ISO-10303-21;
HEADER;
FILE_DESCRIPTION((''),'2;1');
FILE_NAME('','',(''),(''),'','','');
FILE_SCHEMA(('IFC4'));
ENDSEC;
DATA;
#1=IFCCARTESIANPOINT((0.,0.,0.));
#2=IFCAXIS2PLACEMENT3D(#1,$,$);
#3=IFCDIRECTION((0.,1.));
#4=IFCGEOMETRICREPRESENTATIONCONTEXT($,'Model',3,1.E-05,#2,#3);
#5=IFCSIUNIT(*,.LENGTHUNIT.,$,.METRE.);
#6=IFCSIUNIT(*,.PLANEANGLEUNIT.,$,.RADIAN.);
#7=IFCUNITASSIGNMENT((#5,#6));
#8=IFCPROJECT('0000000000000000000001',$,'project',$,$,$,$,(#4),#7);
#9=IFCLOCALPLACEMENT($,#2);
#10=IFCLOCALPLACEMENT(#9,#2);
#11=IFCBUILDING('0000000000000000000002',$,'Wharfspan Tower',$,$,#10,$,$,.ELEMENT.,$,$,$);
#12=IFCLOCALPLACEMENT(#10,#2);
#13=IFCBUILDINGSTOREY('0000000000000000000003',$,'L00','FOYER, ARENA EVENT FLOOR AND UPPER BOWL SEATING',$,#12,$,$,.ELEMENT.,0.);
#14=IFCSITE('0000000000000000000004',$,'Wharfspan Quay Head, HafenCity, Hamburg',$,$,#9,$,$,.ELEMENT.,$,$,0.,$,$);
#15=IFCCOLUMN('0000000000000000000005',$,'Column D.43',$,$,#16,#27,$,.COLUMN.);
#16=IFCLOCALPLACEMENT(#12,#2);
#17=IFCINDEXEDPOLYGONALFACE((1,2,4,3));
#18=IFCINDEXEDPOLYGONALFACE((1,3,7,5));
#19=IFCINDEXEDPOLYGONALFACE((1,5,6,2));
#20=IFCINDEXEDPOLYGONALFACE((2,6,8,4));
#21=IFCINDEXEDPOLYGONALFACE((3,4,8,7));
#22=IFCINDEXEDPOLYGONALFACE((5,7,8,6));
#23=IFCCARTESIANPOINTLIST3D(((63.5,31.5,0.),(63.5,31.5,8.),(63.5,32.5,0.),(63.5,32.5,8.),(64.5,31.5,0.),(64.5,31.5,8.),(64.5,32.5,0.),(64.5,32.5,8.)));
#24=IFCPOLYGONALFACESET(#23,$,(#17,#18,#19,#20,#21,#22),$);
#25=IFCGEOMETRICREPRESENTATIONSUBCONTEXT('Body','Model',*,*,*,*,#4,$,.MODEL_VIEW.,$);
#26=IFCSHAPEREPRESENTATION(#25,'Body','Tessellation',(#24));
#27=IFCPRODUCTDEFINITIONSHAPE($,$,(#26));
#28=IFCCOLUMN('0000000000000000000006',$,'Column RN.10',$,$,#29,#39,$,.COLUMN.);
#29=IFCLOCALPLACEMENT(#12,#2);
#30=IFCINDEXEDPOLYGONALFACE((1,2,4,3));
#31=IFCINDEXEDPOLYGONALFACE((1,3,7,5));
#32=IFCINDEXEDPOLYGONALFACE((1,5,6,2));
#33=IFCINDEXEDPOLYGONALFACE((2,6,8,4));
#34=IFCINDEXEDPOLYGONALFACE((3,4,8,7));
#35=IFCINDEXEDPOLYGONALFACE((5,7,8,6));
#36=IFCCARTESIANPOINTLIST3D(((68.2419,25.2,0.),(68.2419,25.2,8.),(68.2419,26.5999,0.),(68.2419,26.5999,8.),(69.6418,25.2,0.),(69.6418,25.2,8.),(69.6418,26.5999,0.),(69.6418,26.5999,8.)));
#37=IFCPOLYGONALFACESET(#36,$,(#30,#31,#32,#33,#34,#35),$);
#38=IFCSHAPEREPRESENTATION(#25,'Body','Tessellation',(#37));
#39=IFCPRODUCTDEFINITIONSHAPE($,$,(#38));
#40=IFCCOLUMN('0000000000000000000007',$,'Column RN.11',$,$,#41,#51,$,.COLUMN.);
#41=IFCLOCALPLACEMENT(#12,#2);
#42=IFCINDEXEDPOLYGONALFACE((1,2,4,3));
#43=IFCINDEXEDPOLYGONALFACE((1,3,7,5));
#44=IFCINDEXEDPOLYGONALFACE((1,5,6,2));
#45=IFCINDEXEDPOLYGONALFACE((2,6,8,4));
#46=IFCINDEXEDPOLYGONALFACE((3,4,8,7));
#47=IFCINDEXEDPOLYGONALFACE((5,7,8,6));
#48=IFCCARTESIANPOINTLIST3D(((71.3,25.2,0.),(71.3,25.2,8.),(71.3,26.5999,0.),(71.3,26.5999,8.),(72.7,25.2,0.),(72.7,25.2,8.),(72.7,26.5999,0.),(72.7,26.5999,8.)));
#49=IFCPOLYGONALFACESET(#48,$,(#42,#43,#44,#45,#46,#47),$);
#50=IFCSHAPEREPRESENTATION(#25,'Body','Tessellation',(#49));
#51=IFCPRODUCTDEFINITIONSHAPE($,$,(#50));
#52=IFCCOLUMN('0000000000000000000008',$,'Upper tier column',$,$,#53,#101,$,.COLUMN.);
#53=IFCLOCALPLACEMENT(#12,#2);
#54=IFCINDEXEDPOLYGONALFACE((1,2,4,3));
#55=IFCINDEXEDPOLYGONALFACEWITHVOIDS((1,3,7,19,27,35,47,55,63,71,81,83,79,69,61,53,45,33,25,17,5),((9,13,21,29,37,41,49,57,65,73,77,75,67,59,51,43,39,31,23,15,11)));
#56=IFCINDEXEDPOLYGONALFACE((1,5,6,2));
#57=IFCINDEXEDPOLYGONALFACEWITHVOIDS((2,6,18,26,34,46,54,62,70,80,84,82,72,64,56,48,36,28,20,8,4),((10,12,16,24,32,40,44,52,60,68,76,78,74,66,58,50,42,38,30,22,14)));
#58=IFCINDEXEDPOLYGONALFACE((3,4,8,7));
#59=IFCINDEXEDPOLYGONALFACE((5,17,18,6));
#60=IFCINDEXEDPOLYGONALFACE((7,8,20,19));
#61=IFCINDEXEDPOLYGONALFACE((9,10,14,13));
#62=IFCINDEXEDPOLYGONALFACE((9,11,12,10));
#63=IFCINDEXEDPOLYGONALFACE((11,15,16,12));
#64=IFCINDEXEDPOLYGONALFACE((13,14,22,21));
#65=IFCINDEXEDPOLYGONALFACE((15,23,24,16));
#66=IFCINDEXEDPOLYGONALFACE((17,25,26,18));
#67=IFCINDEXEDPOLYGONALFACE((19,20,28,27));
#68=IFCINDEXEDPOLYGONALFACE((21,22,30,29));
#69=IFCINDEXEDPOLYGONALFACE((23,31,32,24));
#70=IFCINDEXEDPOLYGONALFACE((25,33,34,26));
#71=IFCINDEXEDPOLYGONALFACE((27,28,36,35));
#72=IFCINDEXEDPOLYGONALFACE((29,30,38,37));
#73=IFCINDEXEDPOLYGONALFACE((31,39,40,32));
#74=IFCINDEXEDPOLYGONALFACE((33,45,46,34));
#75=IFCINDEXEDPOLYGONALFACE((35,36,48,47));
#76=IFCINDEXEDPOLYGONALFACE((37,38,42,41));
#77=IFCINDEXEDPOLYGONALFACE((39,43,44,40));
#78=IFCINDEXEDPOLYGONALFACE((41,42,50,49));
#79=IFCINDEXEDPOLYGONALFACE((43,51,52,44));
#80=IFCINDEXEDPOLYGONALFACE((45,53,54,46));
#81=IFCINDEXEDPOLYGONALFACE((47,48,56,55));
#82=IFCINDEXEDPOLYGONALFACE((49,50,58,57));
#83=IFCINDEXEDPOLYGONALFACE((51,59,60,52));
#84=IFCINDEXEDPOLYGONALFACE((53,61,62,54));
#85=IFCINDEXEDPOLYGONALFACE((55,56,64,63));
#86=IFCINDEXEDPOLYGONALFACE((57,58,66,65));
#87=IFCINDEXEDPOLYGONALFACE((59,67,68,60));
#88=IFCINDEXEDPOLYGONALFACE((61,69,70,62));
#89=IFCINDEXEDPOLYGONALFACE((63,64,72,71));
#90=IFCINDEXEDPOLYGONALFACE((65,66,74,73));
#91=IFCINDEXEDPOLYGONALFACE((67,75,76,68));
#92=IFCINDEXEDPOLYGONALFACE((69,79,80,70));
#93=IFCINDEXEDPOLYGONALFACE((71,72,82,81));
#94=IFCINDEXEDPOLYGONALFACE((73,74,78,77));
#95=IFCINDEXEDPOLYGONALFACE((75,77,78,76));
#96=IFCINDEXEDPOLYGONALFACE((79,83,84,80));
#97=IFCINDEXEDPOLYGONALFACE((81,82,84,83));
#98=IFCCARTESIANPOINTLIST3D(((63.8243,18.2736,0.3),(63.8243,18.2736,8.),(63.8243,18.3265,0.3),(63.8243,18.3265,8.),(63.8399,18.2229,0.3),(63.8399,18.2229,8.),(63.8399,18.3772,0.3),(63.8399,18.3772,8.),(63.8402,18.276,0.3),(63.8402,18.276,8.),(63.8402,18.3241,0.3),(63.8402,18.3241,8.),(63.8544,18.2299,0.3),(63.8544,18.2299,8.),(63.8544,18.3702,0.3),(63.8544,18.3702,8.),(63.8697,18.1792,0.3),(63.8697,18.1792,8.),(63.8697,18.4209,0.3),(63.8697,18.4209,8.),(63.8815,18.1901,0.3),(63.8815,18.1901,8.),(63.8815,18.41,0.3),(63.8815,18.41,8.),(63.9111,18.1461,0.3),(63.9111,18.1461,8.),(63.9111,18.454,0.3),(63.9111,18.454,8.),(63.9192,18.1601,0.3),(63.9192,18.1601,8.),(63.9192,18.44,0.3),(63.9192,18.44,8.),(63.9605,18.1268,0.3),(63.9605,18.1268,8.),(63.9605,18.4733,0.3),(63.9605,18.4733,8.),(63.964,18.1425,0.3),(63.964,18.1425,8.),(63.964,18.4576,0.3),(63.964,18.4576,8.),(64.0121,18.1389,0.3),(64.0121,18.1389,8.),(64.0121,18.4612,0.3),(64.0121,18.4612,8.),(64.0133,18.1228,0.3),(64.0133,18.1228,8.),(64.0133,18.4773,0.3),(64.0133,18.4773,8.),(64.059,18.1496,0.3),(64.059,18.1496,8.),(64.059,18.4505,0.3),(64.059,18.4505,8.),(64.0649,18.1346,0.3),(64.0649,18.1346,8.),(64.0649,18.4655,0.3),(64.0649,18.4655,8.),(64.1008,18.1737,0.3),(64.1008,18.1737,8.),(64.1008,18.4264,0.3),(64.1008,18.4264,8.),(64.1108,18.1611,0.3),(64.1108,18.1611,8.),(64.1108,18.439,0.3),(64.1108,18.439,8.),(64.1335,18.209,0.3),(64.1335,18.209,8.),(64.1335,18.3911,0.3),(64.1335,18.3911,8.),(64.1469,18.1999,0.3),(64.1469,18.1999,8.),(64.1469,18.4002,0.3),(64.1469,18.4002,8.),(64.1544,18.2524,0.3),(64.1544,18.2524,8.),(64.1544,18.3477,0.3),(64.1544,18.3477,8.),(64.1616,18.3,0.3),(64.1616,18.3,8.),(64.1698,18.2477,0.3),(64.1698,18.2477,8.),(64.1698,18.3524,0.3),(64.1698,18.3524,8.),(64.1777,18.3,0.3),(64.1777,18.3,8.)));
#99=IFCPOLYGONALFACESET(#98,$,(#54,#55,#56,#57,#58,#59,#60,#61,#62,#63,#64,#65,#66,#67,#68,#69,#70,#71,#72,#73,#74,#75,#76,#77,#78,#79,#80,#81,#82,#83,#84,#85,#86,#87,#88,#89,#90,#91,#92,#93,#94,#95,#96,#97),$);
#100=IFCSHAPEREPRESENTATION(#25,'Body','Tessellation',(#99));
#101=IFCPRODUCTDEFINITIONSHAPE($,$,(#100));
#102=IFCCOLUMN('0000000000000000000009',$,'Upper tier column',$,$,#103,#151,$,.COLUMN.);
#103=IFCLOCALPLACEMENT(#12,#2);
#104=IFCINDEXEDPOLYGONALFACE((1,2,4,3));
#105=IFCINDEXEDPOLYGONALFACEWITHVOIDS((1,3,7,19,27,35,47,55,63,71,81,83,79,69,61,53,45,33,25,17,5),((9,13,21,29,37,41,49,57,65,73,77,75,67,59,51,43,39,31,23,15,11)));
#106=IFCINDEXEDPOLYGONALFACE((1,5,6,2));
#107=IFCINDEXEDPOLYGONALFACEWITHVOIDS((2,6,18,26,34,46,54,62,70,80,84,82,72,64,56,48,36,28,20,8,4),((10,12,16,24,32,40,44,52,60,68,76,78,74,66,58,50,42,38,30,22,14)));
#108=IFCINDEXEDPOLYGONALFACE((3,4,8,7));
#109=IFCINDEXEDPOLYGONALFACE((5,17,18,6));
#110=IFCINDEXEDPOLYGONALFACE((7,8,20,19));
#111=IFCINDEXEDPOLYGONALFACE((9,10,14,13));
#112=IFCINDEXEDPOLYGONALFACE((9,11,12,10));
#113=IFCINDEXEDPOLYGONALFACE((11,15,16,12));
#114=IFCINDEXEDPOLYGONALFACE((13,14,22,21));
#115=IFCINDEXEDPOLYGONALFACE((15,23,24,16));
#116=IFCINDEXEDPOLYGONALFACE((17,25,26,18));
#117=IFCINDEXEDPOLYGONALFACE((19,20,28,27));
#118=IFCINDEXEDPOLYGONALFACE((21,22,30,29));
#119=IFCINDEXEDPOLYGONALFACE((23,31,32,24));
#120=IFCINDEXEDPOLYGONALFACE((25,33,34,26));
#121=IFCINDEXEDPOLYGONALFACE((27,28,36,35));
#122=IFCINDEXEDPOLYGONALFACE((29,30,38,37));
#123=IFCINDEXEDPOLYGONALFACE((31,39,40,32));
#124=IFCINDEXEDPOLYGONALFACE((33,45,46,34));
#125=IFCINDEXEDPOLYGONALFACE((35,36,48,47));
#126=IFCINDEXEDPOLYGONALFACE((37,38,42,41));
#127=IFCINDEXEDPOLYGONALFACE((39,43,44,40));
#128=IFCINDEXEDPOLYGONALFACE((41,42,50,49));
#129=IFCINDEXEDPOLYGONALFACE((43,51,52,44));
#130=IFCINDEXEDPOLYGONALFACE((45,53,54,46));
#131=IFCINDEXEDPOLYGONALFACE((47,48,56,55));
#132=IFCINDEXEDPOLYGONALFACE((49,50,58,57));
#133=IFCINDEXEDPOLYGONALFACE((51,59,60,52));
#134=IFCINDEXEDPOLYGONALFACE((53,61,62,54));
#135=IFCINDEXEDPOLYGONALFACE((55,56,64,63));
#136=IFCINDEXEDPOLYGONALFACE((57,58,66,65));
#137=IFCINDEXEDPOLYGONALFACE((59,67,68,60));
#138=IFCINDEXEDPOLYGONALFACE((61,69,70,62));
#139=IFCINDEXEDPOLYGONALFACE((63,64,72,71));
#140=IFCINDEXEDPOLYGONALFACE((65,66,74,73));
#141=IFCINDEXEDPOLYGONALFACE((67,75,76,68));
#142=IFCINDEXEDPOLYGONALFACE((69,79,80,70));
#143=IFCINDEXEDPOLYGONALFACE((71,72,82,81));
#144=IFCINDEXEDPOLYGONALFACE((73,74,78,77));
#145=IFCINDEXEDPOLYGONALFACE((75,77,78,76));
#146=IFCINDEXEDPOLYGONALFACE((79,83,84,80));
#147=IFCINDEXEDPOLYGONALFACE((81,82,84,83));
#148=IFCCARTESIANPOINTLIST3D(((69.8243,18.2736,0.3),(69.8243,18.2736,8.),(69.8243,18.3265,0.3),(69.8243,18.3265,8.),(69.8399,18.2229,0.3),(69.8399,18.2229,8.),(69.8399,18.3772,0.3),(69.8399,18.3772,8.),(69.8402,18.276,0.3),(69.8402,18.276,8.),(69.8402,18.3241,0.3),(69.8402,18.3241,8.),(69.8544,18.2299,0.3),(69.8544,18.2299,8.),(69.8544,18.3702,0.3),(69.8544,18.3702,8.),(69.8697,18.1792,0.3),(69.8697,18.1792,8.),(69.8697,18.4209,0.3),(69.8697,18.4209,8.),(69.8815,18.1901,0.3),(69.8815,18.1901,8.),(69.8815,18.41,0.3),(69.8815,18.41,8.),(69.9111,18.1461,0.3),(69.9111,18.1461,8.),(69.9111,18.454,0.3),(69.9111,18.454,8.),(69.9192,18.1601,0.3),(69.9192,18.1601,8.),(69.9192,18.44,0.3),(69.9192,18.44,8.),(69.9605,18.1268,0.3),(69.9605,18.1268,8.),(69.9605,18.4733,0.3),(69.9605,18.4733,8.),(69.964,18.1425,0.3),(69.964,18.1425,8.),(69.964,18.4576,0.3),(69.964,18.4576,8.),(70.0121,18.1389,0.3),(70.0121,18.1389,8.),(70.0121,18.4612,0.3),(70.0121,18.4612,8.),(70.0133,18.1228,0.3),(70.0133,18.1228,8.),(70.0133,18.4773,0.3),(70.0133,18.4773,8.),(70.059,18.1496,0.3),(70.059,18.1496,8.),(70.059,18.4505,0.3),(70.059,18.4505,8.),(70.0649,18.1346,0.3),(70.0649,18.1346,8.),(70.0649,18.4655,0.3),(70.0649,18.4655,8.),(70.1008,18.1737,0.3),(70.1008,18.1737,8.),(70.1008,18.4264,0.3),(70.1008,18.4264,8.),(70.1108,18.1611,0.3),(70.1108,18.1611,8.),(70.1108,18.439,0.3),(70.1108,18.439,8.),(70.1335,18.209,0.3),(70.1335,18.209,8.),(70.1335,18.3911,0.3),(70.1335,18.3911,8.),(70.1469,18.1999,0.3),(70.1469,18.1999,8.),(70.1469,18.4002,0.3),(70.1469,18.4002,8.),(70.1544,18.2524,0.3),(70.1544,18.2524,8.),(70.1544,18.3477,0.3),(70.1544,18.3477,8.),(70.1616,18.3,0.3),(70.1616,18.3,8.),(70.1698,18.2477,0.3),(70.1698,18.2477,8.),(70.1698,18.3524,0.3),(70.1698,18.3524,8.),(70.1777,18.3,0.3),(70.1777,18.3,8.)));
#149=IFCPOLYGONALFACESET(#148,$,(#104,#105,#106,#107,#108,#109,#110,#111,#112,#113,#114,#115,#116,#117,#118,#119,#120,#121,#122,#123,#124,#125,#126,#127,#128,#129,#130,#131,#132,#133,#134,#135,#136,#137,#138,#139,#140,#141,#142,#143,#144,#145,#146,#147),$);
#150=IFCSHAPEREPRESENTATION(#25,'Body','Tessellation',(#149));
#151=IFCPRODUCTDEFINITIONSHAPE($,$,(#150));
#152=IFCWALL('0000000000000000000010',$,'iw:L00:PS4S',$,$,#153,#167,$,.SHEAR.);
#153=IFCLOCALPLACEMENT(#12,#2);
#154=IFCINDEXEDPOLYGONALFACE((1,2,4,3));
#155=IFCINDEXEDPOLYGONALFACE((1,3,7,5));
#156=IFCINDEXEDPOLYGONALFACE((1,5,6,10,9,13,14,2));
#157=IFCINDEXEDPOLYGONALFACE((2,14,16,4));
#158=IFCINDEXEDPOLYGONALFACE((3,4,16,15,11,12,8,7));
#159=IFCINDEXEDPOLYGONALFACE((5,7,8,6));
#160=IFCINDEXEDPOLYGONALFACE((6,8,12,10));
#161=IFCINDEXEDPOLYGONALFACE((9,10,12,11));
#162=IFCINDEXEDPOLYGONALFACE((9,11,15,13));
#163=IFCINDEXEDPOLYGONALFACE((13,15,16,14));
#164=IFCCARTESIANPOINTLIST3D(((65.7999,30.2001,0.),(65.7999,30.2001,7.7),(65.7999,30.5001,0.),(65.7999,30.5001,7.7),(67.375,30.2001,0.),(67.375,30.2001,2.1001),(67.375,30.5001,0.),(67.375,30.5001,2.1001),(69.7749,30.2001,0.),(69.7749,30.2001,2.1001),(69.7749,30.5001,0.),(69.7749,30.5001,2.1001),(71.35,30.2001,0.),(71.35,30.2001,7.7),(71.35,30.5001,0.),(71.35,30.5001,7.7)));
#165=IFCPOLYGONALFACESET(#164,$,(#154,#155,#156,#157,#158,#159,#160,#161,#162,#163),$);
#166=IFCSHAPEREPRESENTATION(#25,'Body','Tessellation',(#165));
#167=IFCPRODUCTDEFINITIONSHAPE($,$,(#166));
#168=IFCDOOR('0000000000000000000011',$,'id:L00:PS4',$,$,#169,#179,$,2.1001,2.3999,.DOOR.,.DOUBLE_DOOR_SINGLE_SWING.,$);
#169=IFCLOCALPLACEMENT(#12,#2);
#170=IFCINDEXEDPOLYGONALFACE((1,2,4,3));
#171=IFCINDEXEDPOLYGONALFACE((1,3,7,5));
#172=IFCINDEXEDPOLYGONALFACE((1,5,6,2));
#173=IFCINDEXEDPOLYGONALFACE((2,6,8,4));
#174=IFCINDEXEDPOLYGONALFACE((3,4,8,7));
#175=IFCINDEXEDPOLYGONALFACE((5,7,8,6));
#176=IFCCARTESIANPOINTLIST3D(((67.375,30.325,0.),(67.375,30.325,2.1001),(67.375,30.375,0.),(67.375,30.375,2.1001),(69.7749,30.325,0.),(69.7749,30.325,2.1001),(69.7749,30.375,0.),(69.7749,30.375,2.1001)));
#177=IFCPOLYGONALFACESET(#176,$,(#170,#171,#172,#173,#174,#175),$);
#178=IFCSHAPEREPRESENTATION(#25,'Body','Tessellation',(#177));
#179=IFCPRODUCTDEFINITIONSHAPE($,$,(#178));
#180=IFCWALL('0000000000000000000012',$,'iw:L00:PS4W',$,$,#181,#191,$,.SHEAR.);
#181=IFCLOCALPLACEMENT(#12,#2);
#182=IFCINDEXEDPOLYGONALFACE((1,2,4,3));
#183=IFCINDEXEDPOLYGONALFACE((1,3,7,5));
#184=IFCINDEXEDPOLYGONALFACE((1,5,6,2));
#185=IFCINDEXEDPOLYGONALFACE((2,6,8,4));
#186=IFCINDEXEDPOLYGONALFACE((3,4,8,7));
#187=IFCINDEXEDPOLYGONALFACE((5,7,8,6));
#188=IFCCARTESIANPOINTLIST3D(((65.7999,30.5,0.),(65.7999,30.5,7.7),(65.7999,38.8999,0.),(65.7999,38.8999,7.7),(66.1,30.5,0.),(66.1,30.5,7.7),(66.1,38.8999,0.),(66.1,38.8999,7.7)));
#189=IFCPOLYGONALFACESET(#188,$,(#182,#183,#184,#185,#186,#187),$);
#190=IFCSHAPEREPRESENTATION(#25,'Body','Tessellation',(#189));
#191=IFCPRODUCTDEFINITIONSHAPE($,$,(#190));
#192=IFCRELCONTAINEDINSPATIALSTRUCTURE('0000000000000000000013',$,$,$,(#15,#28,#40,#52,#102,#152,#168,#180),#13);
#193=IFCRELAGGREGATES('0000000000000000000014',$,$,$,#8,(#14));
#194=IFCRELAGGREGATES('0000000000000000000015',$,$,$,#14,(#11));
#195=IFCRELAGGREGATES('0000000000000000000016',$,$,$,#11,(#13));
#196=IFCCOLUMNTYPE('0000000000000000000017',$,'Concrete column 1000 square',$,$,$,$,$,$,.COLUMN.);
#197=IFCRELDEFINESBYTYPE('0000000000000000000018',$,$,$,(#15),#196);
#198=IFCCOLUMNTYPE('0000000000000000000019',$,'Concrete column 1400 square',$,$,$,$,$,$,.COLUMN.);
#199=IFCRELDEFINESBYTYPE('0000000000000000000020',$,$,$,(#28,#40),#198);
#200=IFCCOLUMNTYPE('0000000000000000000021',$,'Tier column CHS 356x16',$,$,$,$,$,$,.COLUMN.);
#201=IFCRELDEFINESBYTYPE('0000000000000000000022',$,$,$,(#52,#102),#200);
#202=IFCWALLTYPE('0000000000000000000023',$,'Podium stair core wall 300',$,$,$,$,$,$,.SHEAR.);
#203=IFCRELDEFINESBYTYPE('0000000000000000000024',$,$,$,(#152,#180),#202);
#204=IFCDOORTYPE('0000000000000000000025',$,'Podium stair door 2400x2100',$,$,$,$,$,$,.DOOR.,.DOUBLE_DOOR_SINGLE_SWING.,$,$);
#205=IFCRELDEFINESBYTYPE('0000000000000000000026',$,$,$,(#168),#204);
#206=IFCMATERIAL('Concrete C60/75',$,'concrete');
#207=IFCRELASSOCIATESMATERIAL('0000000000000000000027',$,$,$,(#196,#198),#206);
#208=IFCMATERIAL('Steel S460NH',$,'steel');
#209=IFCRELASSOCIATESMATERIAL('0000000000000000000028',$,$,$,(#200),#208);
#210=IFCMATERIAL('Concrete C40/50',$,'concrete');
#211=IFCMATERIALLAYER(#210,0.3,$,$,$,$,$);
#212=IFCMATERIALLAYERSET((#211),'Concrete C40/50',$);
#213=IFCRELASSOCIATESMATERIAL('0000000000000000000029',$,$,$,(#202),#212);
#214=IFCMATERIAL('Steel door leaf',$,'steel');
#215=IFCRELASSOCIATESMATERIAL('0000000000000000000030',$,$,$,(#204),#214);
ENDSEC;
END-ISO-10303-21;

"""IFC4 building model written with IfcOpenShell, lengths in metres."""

from ifc_helpers import new_model, si_unit, direction, frame, frame_2d, origin, origin_2d, place, context, subcontext, project, spatial, rectangle, hollow_circle, extrude, material, layer, layer_set, material_profile, profile_set, type_object, element, fill, save


model = new_model("IFC4")

# Units and contexts
model_context = context("Model", 3, precision=1e-05, world=origin(), true_north=direction((0.0, 1.0)))
body_context = subcontext(model_context, "Body", "Model", "MODEL_VIEW")
ifc_project = project(units=[si_unit("LENGTHUNIT", "METRE"), si_unit("PLANEANGLEUNIT", "RADIAN")], contexts=[model_context])

# Site, building, storey
site_placement = place(None, origin())
site = spatial("IfcSite", under=ifc_project, at=site_placement, Name="Wharfspan Quay Head, HafenCity, Hamburg", CompositionType="ELEMENT", RefElevation=0.0)
building_placement = place(site_placement, origin())
building = spatial("IfcBuilding", under=site, at=building_placement, Name="Wharfspan Tower", CompositionType="ELEMENT")
storey_placement = place(building_placement, origin())
storey = spatial("IfcBuildingStorey", under=building, at=storey_placement, Name="L00", Description="FOYER, ARENA EVENT FLOOR AND UPPER BOWL SEATING", CompositionType="ELEMENT", Elevation=0.0)

# Columns
ifc_material_1 = material(Name="Concrete C60/75", Category="concrete")
ifc_material_profile_1 = material_profile(ifc_material_1, rectangle(XDim=1.0, YDim=1.0, at=origin_2d()))
ifc_profile_set_1 = profile_set([ifc_material_profile_1], Name="Concrete C60/75")
column_type_1 = type_object("IfcColumnType", Name="Concrete column 1000 square", PredefinedType="COLUMN", material=ifc_profile_set_1)
column_placement = place(storey_placement, frame((64.0, 32.0, 0.0), z_axis=(0.0, 0.0, 1.0), x_axis=(1.0, 0.0, 0.0)))
element("IfcColumn", 1, at=column_placement, inside=storey, type_object=column_type_1, Name="Column D.43", PredefinedType="COLUMN", context=body_context, shape_type="SweptSolid", body=[
    extrude(rectangle(XDim=1.0, YDim=1.0, at=origin_2d()), origin(), (0.0, 0.0, 1.0), 8.0),
])
ifc_material_profile_2 = material_profile(ifc_material_1, rectangle(XDim=1.3999, YDim=1.3999, at=origin_2d()))
ifc_profile_set_2 = profile_set([ifc_material_profile_2], Name="Concrete C60/75")
column_type_2 = type_object("IfcColumnType", Name="Concrete column 1400 square", PredefinedType="COLUMN", material=ifc_profile_set_2)
for number, where, z_axis, x_axis, name in (
    (2, (68.9419, 25.8999, 0.0), (0.0, 0.0, 1.0), (1.0, 0.0, 0.0), "Column RN.10"),
    (3, (72.0, 25.8999, 0.0), (0.0, 0.0, 1.0), (1.0, 0.0, 0.0), "Column RN.11"),
):
    element("IfcColumn", number, at=place(storey_placement, frame(where, z_axis=z_axis, x_axis=x_axis)), inside=storey, type_object=column_type_2, Name=name, PredefinedType="COLUMN", context=body_context, shape_type="SweptSolid", body=[
        extrude(rectangle(XDim=1.3999, YDim=1.3999, at=origin_2d()), origin(), (0.0, 0.0, 1.0), 8.0),
    ])
ifc_material_2 = material(Name="Steel S460NH", Category="steel")
ifc_material_profile_3 = material_profile(ifc_material_2, hollow_circle(Radius=0.1777, WallThickness=0.0161, at=origin_2d()))
ifc_profile_set_3 = profile_set([ifc_material_profile_3], Name="Steel S460NH")
column_type_3 = type_object("IfcColumnType", Name="Tier column CHS 356x16", PredefinedType="COLUMN", material=ifc_profile_set_3)
for number, where, z_axis, x_axis, name in (
    (4, (64.0, 18.3, 0.3), (0.0, 0.0, 1.0), (1.0, 0.0, 0.0), "Upper tier column"),
    (5, (70.0, 18.3, 0.3), (0.0, 0.0, 1.0), (1.0, 0.0, 0.0), "Upper tier column"),
):
    element("IfcColumn", number, at=place(storey_placement, frame(where, z_axis=z_axis, x_axis=x_axis)), inside=storey, type_object=column_type_3, Name=name, PredefinedType="COLUMN", context=body_context, shape_type="SweptSolid", body=[
        extrude(hollow_circle(Radius=0.1777, WallThickness=0.0161, at=origin_2d()), origin(), (0.0, 0.0, 1.0), 7.7),
    ])

# Wall, opening, door
ifc_material_3 = material(Name="Concrete C40/50", Category="concrete")
ifc_layer_1 = layer(ifc_material_3, 0.3)
ifc_layer_set_1 = layer_set([ifc_layer_1], Name="Concrete C40/50")
wall_type_1 = type_object("IfcWallType", Name="Podium stair core wall 300", PredefinedType="SHEAR", material=ifc_layer_set_1)
wall_1_placement = place(storey_placement, frame((65.8, 30.3501, 0.0), z_axis=(0.0, 0.0, 1.0), x_axis=(1.0, 0.0, 0.0)))
wall_1 = element("IfcWall", 6, at=wall_1_placement, inside=storey, type_object=wall_type_1, Name="iw:L00:PS4S", PredefinedType="SHEAR", context=body_context, shape_type="SweptSolid", body=[
    extrude(rectangle(XDim=5.55, YDim=0.3, at=frame_2d((2.7749, 0.0))), origin(), (0.0, 0.0, 1.0), 7.7),
])
opening_1_placement = place(wall_1_placement, frame((1.575, 0.0, 0.0)))
opening_1 = element("IfcOpeningElement", 7, at=opening_1_placement, cuts=wall_1, PredefinedType="OPENING", context=body_context, shape_type="SweptSolid", body=[
    extrude(rectangle(XDim=2.3999, YDim=2.1001, at=frame_2d((1.2, 1.05))), frame((0.0, 0.1599, 0.0), z_axis=(0.0, -1.0, 0.0), x_axis=(1.0, 0.0, 0.0)), (0.0, 0.0, 1.0), 0.3201),
])
ifc_material_4 = material(Name="Steel door leaf", Category="steel")
door_type = type_object("IfcDoorType", Name="Podium stair door 2400x2100", OperationType="DOUBLE_DOOR_SINGLE_SWING", PredefinedType="DOOR", material=ifc_material_4)
door_1_placement = place(opening_1_placement, origin())
door_1 = element("IfcDoor", 8, at=door_1_placement, inside=storey, type_object=door_type, Name="id:L00:PS4", OperationType="DOUBLE_DOOR_SINGLE_SWING", OverallHeight=2.1001, OverallWidth=2.3999, PredefinedType="DOOR", context=body_context, shape_type="SweptSolid", body=[
    extrude(rectangle(XDim=2.3999, YDim=2.1001, at=frame_2d((1.2, 1.05))), frame((0.0, 0.0249, 0.0), z_axis=(0.0, -1.0, 0.0), x_axis=(1.0, 0.0, 0.0)), (0.0, 0.0, 1.0), 0.05),
])
fill(opening_1, door_1)

# Wall
for number, where, z_axis, x_axis, name in (
    (9, (65.95, 30.5, 0.0), (0.0, 0.0, 1.0), (0.0, 1.0, 0.0), "iw:L00:PS4W"),
):
    element("IfcWall", number, at=place(storey_placement, frame(where, z_axis=z_axis, x_axis=x_axis)), inside=storey, type_object=wall_type_1, Name=name, PredefinedType="SHEAR", context=body_context, shape_type="SweptSolid", body=[
        extrude(rectangle(XDim=8.3999, YDim=0.3, at=frame_2d((4.2, 0.0))), origin(), (0.0, 0.0, 1.0), 7.7),
    ])

save(model, "model.ifc")
